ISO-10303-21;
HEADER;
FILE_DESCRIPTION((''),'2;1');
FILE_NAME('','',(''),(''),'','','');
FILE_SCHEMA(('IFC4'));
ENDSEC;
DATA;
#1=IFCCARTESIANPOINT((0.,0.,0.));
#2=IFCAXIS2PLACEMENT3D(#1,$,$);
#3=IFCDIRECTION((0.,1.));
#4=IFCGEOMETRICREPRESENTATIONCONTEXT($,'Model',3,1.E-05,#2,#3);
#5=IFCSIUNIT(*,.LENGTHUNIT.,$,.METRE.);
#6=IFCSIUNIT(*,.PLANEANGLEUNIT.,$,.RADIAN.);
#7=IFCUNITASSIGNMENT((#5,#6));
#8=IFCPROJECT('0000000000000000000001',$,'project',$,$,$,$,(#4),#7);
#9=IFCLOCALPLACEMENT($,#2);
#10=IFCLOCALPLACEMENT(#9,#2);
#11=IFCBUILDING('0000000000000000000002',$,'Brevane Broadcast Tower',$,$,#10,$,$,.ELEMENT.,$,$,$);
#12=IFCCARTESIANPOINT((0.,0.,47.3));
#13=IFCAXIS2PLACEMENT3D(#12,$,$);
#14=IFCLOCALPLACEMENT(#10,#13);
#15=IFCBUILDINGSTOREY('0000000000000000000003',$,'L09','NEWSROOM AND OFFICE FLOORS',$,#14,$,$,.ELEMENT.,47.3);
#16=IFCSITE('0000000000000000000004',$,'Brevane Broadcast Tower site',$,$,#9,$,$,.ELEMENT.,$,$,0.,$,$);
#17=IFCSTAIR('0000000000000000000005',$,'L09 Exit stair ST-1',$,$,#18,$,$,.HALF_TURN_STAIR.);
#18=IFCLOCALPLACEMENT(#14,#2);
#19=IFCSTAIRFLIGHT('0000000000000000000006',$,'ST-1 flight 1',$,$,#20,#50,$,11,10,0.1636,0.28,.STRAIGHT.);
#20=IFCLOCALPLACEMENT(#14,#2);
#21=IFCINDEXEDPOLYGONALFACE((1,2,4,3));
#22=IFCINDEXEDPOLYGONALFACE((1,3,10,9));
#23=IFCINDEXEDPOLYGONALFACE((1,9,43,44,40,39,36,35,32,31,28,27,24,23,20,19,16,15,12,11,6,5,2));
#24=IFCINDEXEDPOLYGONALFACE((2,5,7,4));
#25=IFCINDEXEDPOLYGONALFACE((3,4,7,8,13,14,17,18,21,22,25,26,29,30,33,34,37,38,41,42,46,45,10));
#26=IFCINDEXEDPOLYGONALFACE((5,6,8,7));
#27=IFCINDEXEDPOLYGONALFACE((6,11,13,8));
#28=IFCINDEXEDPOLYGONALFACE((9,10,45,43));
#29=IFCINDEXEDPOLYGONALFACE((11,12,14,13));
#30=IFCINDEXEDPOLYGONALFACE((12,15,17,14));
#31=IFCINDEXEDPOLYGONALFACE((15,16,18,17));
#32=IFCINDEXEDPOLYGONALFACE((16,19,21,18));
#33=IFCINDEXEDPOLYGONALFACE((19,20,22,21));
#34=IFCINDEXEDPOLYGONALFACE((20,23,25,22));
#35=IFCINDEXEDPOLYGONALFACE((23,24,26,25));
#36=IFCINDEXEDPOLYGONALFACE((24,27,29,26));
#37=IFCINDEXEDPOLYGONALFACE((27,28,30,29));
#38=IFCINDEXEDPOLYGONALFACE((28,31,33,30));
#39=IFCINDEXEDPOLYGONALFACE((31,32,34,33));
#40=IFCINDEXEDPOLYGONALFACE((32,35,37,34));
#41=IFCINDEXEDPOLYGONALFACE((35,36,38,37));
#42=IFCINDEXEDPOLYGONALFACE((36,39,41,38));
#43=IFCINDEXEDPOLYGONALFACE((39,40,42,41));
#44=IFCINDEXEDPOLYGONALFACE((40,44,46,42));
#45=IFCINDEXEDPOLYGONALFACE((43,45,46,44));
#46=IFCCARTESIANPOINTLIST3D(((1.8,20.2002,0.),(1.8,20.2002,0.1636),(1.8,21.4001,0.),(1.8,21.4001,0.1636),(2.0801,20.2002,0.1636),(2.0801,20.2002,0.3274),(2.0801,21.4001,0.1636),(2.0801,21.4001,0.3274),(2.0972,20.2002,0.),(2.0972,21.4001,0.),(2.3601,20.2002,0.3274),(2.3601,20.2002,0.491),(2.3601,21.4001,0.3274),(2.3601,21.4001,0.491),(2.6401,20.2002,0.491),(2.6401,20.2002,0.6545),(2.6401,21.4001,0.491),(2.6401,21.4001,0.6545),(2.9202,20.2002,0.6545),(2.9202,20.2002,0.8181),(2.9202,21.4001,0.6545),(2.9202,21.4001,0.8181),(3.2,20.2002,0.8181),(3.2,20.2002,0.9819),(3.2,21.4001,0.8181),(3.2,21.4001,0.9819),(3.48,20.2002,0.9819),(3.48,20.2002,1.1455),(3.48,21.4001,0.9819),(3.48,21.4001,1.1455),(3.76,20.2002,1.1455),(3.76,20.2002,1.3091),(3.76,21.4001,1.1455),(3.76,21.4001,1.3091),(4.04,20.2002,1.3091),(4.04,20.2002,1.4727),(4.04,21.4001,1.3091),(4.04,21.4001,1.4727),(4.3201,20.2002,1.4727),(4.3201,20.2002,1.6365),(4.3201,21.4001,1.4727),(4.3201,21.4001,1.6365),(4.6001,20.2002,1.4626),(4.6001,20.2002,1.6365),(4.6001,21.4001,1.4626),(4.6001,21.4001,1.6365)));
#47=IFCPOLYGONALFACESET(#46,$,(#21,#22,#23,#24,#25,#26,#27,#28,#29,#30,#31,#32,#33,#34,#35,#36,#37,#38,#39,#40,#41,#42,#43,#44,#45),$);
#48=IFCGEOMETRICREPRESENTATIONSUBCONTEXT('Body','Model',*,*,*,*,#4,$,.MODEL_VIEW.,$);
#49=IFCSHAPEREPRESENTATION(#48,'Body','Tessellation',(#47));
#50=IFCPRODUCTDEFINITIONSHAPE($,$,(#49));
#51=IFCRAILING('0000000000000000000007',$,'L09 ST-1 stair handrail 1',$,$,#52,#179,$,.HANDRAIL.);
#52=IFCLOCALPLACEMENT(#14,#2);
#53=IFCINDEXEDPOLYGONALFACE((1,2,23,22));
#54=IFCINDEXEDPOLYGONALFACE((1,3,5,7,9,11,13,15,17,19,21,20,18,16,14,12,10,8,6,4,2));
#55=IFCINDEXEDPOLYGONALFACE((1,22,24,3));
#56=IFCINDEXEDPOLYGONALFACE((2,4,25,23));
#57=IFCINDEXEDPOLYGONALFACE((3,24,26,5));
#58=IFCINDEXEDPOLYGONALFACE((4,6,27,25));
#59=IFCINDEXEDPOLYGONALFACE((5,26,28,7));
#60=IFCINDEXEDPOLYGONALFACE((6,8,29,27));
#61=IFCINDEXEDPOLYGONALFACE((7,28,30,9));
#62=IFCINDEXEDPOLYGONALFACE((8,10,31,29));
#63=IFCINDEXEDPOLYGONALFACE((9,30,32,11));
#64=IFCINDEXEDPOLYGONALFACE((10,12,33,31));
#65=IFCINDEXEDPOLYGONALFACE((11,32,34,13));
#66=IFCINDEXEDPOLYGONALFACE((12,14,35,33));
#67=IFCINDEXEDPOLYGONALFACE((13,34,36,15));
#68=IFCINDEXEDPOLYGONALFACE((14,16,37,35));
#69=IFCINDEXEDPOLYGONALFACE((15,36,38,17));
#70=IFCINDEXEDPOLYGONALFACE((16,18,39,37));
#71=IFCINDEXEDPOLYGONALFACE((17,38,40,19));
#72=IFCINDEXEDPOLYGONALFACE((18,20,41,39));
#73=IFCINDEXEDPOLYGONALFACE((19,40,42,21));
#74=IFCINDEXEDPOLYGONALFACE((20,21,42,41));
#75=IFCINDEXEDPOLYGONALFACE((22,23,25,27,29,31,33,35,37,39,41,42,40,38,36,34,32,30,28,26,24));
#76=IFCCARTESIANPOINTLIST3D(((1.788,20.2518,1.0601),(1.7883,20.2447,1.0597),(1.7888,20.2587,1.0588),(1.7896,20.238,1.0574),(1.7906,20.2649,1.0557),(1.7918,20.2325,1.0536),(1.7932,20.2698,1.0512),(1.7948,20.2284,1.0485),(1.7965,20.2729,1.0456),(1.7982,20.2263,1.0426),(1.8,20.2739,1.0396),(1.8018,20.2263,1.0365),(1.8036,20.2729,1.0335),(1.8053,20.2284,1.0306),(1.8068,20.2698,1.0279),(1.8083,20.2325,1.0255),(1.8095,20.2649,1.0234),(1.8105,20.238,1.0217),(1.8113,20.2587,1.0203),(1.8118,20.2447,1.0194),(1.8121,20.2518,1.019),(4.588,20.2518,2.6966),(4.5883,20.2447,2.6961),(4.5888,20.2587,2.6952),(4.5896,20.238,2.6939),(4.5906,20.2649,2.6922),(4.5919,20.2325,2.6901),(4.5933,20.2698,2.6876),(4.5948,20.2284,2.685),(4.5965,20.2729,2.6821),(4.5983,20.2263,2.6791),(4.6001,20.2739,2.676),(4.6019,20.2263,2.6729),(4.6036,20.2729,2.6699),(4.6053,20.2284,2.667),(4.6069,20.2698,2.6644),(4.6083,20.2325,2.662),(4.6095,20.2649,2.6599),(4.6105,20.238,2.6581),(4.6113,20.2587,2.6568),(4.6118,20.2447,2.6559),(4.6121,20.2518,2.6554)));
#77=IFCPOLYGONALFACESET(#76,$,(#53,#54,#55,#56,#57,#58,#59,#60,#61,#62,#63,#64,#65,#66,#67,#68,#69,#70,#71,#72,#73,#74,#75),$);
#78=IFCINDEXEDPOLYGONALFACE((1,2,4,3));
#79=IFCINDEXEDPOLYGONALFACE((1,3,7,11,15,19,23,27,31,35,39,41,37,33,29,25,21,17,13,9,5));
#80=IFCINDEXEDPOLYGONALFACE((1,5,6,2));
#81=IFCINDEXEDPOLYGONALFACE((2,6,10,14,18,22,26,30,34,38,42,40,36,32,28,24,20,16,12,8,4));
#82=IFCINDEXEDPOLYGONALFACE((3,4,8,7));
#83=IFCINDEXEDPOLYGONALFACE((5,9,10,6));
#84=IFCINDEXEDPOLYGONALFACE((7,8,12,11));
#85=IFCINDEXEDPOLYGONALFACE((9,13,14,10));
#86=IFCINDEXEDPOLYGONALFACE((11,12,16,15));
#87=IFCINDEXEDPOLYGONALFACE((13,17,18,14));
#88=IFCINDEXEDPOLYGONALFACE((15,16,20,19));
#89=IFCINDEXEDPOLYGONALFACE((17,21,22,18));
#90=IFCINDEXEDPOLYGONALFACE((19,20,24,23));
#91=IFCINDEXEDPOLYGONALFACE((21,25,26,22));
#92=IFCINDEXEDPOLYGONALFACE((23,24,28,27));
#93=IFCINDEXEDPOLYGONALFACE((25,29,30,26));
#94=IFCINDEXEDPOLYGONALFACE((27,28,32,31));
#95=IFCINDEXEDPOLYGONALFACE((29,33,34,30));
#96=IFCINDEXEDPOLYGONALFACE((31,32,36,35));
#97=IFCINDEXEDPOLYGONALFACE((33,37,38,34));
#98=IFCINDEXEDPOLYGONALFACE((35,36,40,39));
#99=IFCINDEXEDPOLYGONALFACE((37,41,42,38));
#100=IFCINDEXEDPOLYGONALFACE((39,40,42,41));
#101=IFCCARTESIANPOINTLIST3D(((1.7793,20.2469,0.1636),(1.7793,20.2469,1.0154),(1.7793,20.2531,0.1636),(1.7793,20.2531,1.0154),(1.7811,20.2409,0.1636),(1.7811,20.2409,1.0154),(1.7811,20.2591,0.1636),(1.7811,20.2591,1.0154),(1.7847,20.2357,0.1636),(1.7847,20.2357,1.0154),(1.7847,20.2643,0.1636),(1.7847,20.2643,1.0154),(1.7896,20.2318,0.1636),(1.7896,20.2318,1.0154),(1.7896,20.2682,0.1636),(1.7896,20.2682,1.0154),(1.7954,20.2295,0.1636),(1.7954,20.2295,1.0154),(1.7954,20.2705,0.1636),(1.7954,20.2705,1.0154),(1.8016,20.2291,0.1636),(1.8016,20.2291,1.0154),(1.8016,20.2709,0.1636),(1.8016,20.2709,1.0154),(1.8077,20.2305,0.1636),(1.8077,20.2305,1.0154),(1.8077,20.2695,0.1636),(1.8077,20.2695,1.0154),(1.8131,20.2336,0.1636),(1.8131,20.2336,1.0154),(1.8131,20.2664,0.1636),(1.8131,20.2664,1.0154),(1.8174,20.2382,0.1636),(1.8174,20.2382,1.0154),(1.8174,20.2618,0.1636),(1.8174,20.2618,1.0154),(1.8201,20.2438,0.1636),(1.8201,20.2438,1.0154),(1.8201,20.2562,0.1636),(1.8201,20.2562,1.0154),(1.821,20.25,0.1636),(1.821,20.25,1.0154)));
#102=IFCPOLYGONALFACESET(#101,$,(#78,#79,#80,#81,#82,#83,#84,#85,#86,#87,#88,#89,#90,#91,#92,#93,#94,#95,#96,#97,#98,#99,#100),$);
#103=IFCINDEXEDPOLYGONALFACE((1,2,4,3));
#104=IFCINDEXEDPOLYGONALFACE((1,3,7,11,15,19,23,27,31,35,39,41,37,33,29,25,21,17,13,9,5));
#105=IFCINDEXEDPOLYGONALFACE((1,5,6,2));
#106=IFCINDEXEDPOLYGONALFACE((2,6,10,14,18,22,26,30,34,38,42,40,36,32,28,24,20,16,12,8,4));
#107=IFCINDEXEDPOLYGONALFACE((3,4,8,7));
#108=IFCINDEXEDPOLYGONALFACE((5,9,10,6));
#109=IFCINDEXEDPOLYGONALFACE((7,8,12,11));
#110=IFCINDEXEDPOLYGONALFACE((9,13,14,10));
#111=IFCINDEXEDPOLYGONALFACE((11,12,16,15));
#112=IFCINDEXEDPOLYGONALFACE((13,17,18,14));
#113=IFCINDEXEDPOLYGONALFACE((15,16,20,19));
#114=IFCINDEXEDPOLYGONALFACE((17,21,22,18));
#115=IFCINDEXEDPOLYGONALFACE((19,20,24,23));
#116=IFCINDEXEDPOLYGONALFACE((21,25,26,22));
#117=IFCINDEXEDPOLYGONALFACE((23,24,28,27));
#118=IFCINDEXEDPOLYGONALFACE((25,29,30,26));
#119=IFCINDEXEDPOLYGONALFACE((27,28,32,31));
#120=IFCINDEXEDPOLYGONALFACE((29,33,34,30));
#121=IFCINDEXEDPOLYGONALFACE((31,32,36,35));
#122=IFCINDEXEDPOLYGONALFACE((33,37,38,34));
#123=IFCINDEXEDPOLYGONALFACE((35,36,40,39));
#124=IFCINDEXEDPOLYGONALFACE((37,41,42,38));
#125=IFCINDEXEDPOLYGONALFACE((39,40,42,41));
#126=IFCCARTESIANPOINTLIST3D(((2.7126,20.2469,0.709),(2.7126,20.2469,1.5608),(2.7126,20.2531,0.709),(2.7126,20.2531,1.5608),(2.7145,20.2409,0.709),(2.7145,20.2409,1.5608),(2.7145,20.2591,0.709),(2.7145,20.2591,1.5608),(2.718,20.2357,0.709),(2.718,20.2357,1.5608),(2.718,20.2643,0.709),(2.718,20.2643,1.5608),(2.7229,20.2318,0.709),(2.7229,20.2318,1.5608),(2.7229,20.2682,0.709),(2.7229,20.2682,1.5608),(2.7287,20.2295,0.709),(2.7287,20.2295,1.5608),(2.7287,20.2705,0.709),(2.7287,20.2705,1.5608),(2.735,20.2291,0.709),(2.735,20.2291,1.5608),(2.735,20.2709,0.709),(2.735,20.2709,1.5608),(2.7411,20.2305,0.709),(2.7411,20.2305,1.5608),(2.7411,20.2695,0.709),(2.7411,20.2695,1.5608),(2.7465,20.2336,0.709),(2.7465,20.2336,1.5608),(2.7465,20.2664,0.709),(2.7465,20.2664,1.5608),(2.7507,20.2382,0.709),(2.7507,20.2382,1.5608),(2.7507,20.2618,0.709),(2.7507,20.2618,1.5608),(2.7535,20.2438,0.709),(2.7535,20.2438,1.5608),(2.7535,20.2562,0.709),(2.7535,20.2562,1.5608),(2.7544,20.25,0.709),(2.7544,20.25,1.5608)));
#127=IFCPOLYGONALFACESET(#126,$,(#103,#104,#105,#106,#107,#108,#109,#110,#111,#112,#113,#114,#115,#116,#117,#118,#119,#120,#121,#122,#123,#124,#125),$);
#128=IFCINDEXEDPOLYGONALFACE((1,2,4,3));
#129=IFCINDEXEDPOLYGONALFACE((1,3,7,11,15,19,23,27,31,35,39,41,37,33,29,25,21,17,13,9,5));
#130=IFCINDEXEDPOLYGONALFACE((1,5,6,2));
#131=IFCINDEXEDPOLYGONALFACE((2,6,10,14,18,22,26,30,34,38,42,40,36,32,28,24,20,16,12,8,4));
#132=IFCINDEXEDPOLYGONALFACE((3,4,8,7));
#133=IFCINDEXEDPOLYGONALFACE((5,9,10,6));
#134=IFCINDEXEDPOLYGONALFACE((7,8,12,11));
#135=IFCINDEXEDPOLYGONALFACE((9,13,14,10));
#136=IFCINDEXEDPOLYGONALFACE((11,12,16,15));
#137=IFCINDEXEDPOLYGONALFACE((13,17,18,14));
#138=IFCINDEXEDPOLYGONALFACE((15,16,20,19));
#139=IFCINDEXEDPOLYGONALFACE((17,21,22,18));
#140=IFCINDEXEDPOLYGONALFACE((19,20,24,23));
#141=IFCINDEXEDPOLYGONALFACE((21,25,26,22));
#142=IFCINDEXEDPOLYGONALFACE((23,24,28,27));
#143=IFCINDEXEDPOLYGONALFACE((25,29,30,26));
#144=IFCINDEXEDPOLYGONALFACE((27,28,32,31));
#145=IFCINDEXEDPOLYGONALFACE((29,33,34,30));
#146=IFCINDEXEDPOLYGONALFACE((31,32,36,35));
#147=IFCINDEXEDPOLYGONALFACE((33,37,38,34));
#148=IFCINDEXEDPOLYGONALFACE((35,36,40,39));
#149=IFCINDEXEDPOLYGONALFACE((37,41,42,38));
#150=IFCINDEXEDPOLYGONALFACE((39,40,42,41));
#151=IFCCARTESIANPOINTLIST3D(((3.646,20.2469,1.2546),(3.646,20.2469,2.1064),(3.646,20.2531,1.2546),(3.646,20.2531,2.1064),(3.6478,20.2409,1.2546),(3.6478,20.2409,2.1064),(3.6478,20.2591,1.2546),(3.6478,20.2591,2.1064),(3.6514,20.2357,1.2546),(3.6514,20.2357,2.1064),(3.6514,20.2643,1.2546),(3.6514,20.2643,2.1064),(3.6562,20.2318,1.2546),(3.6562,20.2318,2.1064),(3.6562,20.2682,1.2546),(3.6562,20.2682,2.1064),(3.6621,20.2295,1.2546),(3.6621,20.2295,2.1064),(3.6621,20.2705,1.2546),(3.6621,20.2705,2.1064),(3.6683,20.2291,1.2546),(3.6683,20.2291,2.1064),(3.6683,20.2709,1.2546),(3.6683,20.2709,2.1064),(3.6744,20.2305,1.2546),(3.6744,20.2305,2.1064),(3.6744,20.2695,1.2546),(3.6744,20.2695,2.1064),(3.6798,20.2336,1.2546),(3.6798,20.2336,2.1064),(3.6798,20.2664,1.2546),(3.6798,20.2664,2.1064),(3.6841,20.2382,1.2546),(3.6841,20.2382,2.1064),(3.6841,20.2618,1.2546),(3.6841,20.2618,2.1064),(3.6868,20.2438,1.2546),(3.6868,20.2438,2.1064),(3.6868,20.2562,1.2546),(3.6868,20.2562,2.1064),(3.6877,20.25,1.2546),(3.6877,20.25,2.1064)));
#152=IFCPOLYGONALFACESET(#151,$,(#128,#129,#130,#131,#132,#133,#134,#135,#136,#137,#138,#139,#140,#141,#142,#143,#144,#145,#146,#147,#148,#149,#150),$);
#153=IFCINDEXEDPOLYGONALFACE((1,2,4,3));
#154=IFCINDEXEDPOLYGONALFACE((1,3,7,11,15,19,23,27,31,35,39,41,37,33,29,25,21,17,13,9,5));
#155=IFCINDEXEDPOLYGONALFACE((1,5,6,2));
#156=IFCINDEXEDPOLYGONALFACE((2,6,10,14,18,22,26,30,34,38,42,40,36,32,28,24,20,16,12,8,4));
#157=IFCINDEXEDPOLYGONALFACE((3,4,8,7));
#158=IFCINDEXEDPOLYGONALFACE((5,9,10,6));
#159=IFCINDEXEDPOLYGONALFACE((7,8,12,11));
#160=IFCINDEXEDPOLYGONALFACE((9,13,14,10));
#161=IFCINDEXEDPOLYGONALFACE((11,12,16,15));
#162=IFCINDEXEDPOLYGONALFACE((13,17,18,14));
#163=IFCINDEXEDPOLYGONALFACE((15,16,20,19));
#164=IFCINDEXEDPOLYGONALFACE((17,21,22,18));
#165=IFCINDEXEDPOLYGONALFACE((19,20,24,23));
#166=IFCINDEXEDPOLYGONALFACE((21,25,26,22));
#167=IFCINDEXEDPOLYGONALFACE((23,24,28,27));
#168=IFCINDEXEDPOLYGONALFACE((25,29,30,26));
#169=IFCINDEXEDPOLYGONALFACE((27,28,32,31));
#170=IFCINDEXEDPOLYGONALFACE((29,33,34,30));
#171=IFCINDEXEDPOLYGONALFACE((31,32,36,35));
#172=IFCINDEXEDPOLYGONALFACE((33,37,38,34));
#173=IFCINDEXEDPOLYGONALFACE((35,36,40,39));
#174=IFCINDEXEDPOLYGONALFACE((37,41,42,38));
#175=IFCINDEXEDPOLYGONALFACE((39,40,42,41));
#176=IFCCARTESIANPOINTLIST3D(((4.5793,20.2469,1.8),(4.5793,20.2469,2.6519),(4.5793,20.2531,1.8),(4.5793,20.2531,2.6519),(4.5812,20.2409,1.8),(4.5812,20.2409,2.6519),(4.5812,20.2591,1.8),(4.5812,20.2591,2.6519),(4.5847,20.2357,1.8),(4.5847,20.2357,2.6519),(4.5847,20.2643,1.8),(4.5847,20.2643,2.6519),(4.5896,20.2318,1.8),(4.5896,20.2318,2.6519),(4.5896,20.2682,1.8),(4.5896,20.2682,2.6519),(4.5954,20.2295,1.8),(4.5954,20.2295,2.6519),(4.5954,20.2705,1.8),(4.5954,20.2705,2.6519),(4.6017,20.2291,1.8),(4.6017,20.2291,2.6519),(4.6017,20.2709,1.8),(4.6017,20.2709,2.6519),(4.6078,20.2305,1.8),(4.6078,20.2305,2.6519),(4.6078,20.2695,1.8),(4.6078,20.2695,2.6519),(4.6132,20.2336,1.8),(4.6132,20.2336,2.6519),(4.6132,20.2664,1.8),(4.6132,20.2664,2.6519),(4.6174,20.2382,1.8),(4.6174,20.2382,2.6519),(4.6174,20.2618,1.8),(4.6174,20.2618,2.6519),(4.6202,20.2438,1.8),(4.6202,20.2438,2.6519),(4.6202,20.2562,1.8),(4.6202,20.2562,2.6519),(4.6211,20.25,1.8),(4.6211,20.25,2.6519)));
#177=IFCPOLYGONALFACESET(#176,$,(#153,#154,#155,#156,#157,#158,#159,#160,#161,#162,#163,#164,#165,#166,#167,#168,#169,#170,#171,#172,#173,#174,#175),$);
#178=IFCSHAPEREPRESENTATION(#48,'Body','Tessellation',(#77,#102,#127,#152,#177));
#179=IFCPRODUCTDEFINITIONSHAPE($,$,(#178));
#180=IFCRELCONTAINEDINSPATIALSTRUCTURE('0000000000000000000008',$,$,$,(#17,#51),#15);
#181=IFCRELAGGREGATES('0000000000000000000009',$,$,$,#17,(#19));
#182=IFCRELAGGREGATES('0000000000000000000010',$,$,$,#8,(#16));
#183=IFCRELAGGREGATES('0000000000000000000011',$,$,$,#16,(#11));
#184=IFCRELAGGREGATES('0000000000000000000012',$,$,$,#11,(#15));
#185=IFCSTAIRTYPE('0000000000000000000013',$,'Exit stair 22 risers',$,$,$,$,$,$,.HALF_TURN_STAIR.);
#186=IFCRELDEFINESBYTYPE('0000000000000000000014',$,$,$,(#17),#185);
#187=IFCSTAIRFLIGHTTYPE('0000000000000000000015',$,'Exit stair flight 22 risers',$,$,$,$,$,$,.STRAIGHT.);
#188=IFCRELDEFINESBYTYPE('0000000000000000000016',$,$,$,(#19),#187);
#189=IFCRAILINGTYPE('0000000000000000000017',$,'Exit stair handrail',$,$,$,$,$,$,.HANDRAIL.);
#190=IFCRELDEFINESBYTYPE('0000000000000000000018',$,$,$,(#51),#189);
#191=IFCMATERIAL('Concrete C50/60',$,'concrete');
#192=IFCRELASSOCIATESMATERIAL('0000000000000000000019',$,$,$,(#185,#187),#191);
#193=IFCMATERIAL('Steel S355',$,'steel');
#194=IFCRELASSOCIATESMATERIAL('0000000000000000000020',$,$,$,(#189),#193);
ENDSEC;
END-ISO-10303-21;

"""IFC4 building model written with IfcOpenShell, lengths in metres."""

from ifc_helpers import new_model, si_unit, direction, frame, origin, origin_2d, place, context, subcontext, project, spatial, polyline, circle, outline, extrude, material, type_object, element, aggregate, save


model = new_model("IFC4")

# Units and contexts
model_context = context("Model", 3, precision=1e-05, world=origin(), true_north=direction((0.0, 1.0)))
body_context = subcontext(model_context, "Body", "Model", "MODEL_VIEW")
ifc_project = project(units=[si_unit("LENGTHUNIT", "METRE"), si_unit("PLANEANGLEUNIT", "RADIAN")], contexts=[model_context])

# Site, building, storey
site_placement = place(None, origin())
site = spatial("IfcSite", under=ifc_project, at=site_placement, Name="Brevane Broadcast Tower site", CompositionType="ELEMENT", RefElevation=0.0)
building_placement = place(site_placement, origin())
building = spatial("IfcBuilding", under=site, at=building_placement, Name="Brevane Broadcast Tower", CompositionType="ELEMENT")
storey_placement = place(building_placement, frame((0.0, 0.0, 47.3)))
storey = spatial("IfcBuildingStorey", under=building, at=storey_placement, Name="L09", Description="NEWSROOM AND OFFICE FLOORS", CompositionType="ELEMENT", Elevation=47.3)

# Stair, stair flight
ifc_material_1 = material(Name="Concrete C50/60", Category="concrete")
stair_type = type_object("IfcStairType", Name="Exit stair 22 risers", PredefinedType="HALF_TURN_STAIR", material=ifc_material_1)
stair_placement = place(storey_placement, origin())
stair = element("IfcStair", 1, at=stair_placement, inside=storey, type_object=stair_type, Name="L09 Exit stair ST-1", PredefinedType="HALF_TURN_STAIR")
stair_flight_type = type_object("IfcStairFlightType", Name="Exit stair flight 22 risers", PredefinedType="STRAIGHT", material=ifc_material_1)
stair_flight_placement = place(storey_placement, frame((1.8, 20.8, 0.0), z_axis=(0.0, 0.0, 1.0), x_axis=(1.0, 0.0, 0.0)))
stair_flight = element("IfcStairFlight", 2, at=stair_flight_placement, type_object=stair_flight_type, Name="ST-1 flight 1", NumberOfRisers=11, NumberOfTreads=10, PredefinedType="STRAIGHT", RiserHeight=0.1636, TreadLength=0.28, context=body_context, shape_type="SweptSolid", body=[
    extrude(outline(polyline([(0.0, 0.0), (0.0, 0.1636), (0.28, 0.1636), (0.28, 0.3274), (0.5601, 0.3274), (0.5601, 0.491), (0.8401, 0.491), (0.8401, 0.6545), (1.1201, 0.6545), (1.1201, 0.8181), (1.3999, 0.8181), (1.3999, 0.9819), (1.6799, 0.9819), (1.6799, 1.1455), (1.96, 1.1455), (1.96, 1.3091), (2.24, 1.3091), (2.24, 1.4727), (2.52, 1.4727), (2.52, 1.6365), (2.8, 1.6365), (2.8, 1.8), (2.8, 1.4626), (0.2971, 0.0), (0.0, 0.0)])), frame((0.0, 0.6001, 0.0), z_axis=(0.0, -1.0, 0.0), x_axis=(1.0, 0.0, 0.0)), (0.0, 0.0, 1.0), 1.2),
])
aggregate(stair, [stair_flight])

# Railing
ifc_material_2 = material(Name="Steel S355", Category="steel")
railing_type = type_object("IfcRailingType", Name="Exit stair handrail", PredefinedType="HANDRAIL", material=ifc_material_2)
railing_placement = place(storey_placement, frame((1.8, 20.25, 0.1636)))
element("IfcRailing", 3, at=railing_placement, inside=storey, type_object=railing_type, Name="L09 ST-1 stair handrail 1", PredefinedType="HANDRAIL", context=body_context, shape_type="SweptSolid", body=[
    extrude(circle(Radius=0.0239, at=origin_2d()), frame((0.0, 0.0, 0.876), z_axis=(0.863361, 0.0, 0.504587), x_axis=(0.0, 1.0, 0.0)), (0.0, 0.0, 1.0), 3.2432),
    extrude(circle(Radius=0.021, at=origin_2d()), origin(), (0.0, 0.0, 1.0), 0.8518),
    extrude(circle(Radius=0.021, at=origin_2d()), frame((0.9333, 0.0, 0.5454)), (0.0, 0.0, 1.0), 0.8518),
    extrude(circle(Radius=0.021, at=origin_2d()), frame((1.8667, 0.0, 1.0911)), (0.0, 0.0, 1.0), 0.8518),
    extrude(circle(Radius=0.021, at=origin_2d()), frame((2.8, 0.0, 1.6365)), (0.0, 0.0, 1.0), 0.8518),
])

save(model, "model.ifc")
